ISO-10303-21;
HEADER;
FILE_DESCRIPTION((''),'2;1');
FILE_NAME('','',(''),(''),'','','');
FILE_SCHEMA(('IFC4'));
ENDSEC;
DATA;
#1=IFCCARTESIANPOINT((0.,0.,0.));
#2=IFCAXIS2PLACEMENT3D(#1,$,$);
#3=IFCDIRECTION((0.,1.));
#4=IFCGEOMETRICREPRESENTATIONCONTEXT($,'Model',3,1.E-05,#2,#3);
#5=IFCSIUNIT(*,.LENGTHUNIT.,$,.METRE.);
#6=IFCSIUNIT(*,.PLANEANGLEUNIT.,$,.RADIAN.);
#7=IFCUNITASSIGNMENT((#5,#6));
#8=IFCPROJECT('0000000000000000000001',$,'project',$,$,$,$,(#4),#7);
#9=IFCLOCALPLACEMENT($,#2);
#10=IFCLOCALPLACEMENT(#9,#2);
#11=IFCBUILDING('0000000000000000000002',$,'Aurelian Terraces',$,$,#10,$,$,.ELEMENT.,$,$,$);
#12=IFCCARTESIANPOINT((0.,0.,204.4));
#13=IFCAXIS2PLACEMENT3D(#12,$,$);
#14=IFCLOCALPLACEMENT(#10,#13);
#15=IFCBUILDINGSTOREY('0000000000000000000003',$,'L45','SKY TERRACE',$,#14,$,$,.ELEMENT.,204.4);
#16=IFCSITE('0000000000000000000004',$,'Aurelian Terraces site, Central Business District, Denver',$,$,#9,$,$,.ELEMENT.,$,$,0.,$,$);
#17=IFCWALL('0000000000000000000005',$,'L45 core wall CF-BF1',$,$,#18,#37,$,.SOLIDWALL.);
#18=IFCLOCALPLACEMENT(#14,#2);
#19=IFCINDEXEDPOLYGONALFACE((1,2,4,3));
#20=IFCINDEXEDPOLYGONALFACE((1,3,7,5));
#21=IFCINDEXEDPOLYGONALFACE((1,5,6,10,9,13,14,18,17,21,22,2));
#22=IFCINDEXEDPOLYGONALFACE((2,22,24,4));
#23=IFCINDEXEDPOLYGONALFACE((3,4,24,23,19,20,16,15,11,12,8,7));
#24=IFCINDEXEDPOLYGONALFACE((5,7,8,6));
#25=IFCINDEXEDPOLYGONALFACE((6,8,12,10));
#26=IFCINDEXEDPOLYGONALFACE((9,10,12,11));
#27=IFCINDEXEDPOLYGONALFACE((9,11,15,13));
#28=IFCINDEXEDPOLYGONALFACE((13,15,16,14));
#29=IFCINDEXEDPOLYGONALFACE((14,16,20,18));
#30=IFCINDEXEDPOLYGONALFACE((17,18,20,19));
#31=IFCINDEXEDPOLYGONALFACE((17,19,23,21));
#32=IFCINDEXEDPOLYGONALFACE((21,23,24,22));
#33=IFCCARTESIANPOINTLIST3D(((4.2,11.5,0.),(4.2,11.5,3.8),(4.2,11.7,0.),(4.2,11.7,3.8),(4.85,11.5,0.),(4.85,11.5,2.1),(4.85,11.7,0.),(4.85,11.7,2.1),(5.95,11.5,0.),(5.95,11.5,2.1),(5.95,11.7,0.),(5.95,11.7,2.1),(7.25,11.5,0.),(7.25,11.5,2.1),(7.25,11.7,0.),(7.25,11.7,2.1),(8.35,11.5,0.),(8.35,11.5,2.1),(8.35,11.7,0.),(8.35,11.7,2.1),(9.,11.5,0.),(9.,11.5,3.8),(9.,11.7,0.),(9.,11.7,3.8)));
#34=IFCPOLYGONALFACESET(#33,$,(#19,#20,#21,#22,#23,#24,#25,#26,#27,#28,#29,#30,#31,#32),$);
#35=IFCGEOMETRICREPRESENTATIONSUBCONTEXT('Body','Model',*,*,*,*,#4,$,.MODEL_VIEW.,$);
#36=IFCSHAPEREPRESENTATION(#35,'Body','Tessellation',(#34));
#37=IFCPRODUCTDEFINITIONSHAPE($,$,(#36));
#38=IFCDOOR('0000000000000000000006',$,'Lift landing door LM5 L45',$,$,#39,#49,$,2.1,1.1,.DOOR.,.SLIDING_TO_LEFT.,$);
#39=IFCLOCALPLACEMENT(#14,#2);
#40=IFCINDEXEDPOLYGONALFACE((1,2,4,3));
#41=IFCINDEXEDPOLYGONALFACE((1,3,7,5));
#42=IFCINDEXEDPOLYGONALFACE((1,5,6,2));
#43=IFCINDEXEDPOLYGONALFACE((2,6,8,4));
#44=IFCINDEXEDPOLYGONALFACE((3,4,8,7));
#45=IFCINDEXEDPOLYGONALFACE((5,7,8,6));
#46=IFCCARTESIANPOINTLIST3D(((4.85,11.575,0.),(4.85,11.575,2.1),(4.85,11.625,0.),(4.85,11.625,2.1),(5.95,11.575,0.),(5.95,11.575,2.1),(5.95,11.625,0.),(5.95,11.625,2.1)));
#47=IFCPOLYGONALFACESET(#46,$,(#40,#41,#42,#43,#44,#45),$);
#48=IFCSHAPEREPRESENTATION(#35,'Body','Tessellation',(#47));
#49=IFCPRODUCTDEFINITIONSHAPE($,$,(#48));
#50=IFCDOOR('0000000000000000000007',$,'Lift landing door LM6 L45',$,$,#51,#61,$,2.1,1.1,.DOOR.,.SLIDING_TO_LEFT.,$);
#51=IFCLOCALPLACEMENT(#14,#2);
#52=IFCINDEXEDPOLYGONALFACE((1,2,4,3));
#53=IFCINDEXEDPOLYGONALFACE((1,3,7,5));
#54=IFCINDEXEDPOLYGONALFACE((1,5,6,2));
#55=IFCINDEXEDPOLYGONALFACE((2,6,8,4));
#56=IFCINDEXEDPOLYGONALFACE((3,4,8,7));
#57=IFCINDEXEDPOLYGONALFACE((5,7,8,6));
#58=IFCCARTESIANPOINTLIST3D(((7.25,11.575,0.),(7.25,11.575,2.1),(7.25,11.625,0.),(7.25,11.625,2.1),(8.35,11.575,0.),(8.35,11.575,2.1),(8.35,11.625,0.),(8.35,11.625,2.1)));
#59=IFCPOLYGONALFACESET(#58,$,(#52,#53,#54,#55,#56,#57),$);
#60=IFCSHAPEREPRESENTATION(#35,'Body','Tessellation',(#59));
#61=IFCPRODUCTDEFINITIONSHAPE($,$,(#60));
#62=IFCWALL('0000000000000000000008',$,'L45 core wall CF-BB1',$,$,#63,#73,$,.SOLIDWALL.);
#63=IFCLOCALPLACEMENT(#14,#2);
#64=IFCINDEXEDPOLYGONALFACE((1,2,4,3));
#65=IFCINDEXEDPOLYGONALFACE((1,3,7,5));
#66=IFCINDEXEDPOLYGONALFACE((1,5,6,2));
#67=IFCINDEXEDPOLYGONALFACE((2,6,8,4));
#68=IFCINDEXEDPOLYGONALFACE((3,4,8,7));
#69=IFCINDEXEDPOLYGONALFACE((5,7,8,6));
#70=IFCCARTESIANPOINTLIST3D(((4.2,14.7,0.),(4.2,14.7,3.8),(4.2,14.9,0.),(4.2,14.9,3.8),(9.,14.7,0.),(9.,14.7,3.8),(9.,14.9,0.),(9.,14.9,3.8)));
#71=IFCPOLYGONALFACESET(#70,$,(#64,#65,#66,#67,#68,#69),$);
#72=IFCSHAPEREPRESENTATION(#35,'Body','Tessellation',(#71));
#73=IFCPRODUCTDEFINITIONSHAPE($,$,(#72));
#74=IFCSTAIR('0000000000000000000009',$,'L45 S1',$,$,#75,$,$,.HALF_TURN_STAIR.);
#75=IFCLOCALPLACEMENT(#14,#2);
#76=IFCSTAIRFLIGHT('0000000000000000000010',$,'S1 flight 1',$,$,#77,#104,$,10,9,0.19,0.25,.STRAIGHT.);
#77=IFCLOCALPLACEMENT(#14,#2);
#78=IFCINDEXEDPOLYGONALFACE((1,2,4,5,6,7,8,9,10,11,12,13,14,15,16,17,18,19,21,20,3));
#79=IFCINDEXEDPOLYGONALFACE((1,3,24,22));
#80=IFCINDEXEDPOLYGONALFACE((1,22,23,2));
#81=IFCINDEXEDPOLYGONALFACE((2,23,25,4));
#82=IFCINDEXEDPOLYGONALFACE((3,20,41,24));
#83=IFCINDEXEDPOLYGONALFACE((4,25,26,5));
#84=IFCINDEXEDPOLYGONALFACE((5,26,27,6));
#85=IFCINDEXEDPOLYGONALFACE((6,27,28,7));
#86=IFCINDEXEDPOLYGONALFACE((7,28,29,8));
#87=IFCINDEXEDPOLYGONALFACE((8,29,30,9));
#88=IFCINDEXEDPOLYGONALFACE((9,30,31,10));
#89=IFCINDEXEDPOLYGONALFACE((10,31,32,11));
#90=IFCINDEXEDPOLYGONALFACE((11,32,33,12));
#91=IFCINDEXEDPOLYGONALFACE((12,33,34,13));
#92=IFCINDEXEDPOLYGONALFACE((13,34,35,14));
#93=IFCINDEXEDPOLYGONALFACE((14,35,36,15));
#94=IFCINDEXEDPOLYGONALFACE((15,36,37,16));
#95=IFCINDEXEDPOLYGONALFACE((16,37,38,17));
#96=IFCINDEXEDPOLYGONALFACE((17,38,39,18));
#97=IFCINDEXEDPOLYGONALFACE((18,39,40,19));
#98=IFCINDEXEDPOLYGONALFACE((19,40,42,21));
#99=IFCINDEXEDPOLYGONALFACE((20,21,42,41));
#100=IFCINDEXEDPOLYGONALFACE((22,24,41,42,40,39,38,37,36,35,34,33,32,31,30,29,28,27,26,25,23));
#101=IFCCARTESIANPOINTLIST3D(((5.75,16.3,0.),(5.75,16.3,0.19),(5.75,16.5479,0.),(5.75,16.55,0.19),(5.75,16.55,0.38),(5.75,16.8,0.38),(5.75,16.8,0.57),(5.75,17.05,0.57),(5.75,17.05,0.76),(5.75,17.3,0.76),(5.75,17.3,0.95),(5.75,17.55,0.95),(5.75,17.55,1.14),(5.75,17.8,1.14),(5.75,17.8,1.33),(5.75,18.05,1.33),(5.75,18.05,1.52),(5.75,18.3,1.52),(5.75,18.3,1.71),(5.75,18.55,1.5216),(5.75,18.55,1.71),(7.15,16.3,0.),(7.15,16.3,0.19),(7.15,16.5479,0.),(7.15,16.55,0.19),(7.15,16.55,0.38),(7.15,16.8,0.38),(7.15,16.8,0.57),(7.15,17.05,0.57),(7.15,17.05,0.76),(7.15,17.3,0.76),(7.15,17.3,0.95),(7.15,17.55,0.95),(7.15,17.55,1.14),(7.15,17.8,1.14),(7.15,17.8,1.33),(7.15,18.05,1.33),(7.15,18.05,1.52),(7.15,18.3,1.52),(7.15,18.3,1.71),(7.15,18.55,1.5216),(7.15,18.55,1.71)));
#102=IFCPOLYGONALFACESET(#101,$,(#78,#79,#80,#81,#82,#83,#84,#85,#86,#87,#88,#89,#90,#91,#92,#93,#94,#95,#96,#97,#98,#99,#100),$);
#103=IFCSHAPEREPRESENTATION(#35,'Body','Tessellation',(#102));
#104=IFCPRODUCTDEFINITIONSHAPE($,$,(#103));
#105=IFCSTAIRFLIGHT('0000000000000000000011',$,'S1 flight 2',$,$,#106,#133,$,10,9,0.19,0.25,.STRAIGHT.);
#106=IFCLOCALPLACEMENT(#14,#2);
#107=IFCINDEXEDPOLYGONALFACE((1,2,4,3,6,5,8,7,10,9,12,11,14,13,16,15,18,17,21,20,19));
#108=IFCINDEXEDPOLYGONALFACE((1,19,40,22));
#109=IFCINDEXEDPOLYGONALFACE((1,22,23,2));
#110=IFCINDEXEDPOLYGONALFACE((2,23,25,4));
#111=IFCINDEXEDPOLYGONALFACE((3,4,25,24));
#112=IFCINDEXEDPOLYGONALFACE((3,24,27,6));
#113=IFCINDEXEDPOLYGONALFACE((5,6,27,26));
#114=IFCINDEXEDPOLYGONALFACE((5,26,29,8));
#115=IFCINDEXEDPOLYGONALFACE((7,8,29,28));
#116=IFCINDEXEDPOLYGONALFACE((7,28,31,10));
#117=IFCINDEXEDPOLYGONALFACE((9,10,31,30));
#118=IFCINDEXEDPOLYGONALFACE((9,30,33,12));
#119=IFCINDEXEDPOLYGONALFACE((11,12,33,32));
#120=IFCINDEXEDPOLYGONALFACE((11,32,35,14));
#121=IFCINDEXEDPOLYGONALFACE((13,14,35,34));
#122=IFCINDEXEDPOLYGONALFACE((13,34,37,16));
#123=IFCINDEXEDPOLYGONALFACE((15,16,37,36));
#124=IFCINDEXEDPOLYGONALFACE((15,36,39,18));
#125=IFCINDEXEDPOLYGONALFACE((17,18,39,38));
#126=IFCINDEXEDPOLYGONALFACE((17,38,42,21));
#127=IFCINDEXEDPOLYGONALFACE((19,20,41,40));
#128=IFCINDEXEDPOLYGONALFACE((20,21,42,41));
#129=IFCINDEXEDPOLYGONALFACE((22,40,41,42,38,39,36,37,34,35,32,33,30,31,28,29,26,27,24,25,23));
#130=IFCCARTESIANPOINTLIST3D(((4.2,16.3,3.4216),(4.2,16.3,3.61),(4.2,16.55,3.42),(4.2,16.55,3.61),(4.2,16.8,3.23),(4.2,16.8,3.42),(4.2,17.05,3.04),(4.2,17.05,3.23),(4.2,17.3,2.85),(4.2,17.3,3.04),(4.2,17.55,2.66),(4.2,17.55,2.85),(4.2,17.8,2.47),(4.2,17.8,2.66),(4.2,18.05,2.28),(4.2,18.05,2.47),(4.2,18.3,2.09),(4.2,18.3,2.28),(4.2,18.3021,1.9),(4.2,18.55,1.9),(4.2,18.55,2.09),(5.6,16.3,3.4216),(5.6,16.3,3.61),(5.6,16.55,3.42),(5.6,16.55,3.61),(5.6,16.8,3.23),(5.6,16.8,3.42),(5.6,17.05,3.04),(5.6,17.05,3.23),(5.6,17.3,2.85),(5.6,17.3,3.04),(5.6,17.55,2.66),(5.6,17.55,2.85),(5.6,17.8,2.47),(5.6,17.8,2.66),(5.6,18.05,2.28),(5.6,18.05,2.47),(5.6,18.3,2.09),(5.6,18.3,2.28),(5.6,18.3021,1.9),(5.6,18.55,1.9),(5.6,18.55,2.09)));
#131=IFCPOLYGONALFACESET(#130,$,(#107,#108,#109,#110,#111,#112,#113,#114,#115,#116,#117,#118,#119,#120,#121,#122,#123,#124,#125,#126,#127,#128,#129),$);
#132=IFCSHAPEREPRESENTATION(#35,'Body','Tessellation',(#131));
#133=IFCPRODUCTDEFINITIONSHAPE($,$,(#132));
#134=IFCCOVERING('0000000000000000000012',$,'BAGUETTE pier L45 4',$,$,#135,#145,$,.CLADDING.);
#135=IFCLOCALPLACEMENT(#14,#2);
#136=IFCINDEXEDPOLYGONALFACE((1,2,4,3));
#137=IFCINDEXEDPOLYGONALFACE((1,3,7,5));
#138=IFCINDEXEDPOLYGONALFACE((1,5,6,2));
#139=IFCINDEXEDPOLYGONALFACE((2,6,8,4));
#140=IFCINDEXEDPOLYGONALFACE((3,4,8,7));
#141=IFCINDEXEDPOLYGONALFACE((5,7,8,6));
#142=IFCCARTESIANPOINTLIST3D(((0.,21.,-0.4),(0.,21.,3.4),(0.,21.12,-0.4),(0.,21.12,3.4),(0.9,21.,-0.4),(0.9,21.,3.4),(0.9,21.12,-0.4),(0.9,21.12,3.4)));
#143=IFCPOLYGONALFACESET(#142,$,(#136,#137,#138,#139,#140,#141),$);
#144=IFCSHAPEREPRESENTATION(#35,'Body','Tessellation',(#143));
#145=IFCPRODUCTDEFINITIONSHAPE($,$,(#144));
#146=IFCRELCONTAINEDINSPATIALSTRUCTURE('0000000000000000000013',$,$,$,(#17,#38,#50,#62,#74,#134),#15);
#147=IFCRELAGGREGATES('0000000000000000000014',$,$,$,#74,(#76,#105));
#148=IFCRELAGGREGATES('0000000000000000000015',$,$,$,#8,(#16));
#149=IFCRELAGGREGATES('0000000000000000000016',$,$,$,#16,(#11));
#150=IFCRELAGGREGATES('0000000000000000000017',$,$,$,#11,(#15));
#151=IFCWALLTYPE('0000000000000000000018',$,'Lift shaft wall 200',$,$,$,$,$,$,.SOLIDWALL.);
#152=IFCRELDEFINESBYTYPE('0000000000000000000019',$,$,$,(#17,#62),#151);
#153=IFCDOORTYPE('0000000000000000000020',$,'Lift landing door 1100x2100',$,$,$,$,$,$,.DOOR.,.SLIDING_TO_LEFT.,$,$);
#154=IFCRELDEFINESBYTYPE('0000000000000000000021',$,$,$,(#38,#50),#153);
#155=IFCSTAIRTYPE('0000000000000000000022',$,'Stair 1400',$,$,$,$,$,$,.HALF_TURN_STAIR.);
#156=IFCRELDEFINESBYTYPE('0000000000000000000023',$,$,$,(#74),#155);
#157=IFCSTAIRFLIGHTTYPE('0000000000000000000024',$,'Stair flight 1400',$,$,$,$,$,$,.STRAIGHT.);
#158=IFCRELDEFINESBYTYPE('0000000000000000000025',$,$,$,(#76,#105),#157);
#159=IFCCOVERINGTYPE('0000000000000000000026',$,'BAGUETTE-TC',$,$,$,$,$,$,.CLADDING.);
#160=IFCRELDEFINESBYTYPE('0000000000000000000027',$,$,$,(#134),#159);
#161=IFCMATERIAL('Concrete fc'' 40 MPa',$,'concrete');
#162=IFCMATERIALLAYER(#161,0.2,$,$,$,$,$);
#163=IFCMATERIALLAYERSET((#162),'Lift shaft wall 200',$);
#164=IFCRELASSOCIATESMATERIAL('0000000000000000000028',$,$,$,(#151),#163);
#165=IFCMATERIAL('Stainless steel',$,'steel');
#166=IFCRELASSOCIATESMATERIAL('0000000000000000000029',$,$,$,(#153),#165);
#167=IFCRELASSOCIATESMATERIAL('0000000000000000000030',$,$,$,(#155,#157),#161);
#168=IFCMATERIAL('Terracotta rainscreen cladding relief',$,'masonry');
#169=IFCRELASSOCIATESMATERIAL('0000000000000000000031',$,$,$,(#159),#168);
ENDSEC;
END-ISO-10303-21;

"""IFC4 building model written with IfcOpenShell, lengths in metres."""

from ifc_helpers import new_model, si_unit, direction, frame, frame_2d, origin, origin_2d, place, context, subcontext, project, spatial, polyline, rectangle, outline, extrude, source, transform, mapped, material, layer, layer_set, type_object, element, fill, aggregate, save


model = new_model("IFC4")

# Units and contexts
model_context = context("Model", 3, precision=1e-05, world=origin(), true_north=direction((0.0, 1.0)))
body_context = subcontext(model_context, "Body", "Model", "MODEL_VIEW")
ifc_project = project(units=[si_unit("LENGTHUNIT", "METRE"), si_unit("PLANEANGLEUNIT", "RADIAN")], contexts=[model_context])

# Site, building, storey
site_placement = place(None, origin())
site = spatial("IfcSite", under=ifc_project, at=site_placement, Name="Aurelian Terraces site, Central Business District, Denver", CompositionType="ELEMENT", RefElevation=0.0)
building_placement = place(site_placement, origin())
building = spatial("IfcBuilding", under=site, at=building_placement, Name="Aurelian Terraces", CompositionType="ELEMENT")
storey_placement = place(building_placement, frame((0.0, 0.0, 204.4)))
storey = spatial("IfcBuildingStorey", under=building, at=storey_placement, Name="L45", Description="SKY TERRACE", CompositionType="ELEMENT", Elevation=204.4)

# Shared definitions
ifc_material_1 = material(Name="Concrete fc' 40 MPa", Category="concrete")

# Wall, openings, doors
ifc_layer_1 = layer(ifc_material_1, 0.2)
ifc_layer_set_1 = layer_set([ifc_layer_1], Name="Lift shaft wall 200")
wall_type_1 = type_object("IfcWallType", Name="Lift shaft wall 200", PredefinedType="SOLIDWALL", material=ifc_layer_set_1)
shared_shape_1 = source(origin(), body_context, "Body", "SweptSolid", [
    extrude(rectangle(XDim=4.8, YDim=0.2, at=frame_2d((2.4, 0.0))), origin(), (0.0, 0.0, 1.0), 3.8),
])
wall_1_placement = place(storey_placement, frame((4.2, 11.6, 0.0), z_axis=(0.0, 0.0, 1.0), x_axis=(1.0, 0.0, 0.0)))
wall_1 = element("IfcWall", 1, at=wall_1_placement, inside=storey, type_object=wall_type_1, Name="L45 core wall CF-BF1", PredefinedType="SOLIDWALL", context=body_context, shape_type="MappedRepresentation", body=[
    mapped(shared_shape_1, transform((0.0, 0.0, 0.0), scale=1.0)),
])
shared_shape_2 = source(origin(), body_context, "Body", "SweptSolid", [
    extrude(rectangle(XDim=1.1, YDim=2.1, at=frame_2d((0.55, 1.05))), frame((0.0, 0.11, 0.0), z_axis=(0.0, -1.0, 0.0), x_axis=(1.0, 0.0, 0.0)), (0.0, 0.0, 1.0), 0.22),
])
opening_1_placement = place(wall_1_placement, frame((0.65, 0.0, 0.0)))
opening_1 = element("IfcOpeningElement", 2, at=opening_1_placement, cuts=wall_1, PredefinedType="OPENING", context=body_context, shape_type="MappedRepresentation", body=[
    mapped(shared_shape_2, transform((0.0, 0.0, 0.0), scale=1.0)),
])
opening_2_placement = place(wall_1_placement, frame((3.05, 0.0, 0.0)))
opening_2 = element("IfcOpeningElement", 3, at=opening_2_placement, cuts=wall_1, PredefinedType="OPENING", context=body_context, shape_type="MappedRepresentation", body=[
    mapped(shared_shape_2, transform((0.0, 0.0, 0.0), scale=1.0)),
])
ifc_material_2 = material(Name="Stainless steel", Category="steel")
door_type_1 = type_object("IfcDoorType", Name="Lift landing door 1100x2100", OperationType="SLIDING_TO_LEFT", PredefinedType="DOOR", material=ifc_material_2)
shared_shape_3 = source(origin(), body_context, "Body", "SweptSolid", [
    extrude(rectangle(XDim=1.1, YDim=2.1, at=frame_2d((0.55, 1.05))), frame((0.0, 0.025, 0.0), z_axis=(0.0, -1.0, 0.0), x_axis=(1.0, 0.0, 0.0)), (0.0, 0.0, 1.0), 0.05),
])
door_1_placement = place(opening_1_placement, origin())
door_1 = element("IfcDoor", 4, at=door_1_placement, inside=storey, type_object=door_type_1, Name="Lift landing door LM5 L45", OperationType="SLIDING_TO_LEFT", OverallHeight=2.1, OverallWidth=1.1, PredefinedType="DOOR", context=body_context, shape_type="MappedRepresentation", body=[
    mapped(shared_shape_3, transform((0.0, 0.0, 0.0), scale=1.0)),
])
fill(opening_1, door_1)
door_2_placement = place(opening_2_placement, origin())
door_2 = element("IfcDoor", 5, at=door_2_placement, inside=storey, type_object=door_type_1, Name="Lift landing door LM6 L45", OperationType="SLIDING_TO_LEFT", OverallHeight=2.1, OverallWidth=1.1, PredefinedType="DOOR", context=body_context, shape_type="MappedRepresentation", body=[
    mapped(shared_shape_3, transform((0.0, 0.0, 0.0), scale=1.0)),
])
fill(opening_2, door_2)

# Wall
wall_2_placement = place(storey_placement, frame((4.2, 14.8, 0.0), z_axis=(0.0, 0.0, 1.0), x_axis=(1.0, 0.0, 0.0)))
element("IfcWall", 6, at=wall_2_placement, inside=storey, type_object=wall_type_1, Name="L45 core wall CF-BB1", PredefinedType="SOLIDWALL", context=body_context, shape_type="MappedRepresentation", body=[
    mapped(shared_shape_1, transform((0.0, 0.0, 0.0), scale=1.0)),
])

# Stair, stair flights
stair_type = type_object("IfcStairType", Name="Stair 1400", PredefinedType="HALF_TURN_STAIR", material=ifc_material_1)
stair_placement = place(storey_placement, origin())
stair = element("IfcStair", 7, at=stair_placement, inside=storey, type_object=stair_type, Name="L45 S1", PredefinedType="HALF_TURN_STAIR")
stair_flight_type = type_object("IfcStairFlightType", Name="Stair flight 1400", PredefinedType="STRAIGHT", material=ifc_material_1)
shared_shape_4 = source(origin(), body_context, "Body", "SweptSolid", [
    extrude(outline(polyline([(0.0, 0.0), (0.0, 0.19), (0.25, 0.19), (0.25, 0.38), (0.5, 0.38), (0.5, 0.57), (0.75, 0.57), (0.75, 0.76), (1.0, 0.76), (1.0, 0.95), (1.25, 0.95), (1.25, 1.14), (1.5, 1.14), (1.5, 1.33), (1.75, 1.33), (1.75, 1.52), (2.0, 1.52), (2.0, 1.71), (2.25, 1.71), (2.25, 1.9), (2.25, 1.5216), (0.2479, 0.0), (0.0, 0.0)])), frame((0.0, 0.7, 0.0), z_axis=(0.0, -1.0, 0.0), x_axis=(1.0, 0.0, 0.0)), (0.0, 0.0, 1.0), 1.4),
])
stair_flight_1_placement = place(storey_placement, frame((6.45, 16.3, 0.0), z_axis=(0.0, 0.0, 1.0), x_axis=(0.0, 1.0, 0.0)))
stair_flight_1 = element("IfcStairFlight", 8, at=stair_flight_1_placement, type_object=stair_flight_type, Name="S1 flight 1", NumberOfRisers=10, NumberOfTreads=9, PredefinedType="STRAIGHT", RiserHeight=0.19, TreadLength=0.25, context=body_context, shape_type="MappedRepresentation", body=[
    mapped(shared_shape_4, transform((0.0, 0.0, 0.0), scale=1.0)),
])
stair_flight_2_placement = place(storey_placement, frame((4.9, 18.55, 1.9), z_axis=(0.0, 0.0, 1.0), x_axis=(0.0, -1.0, 0.0)))
stair_flight_2 = element("IfcStairFlight", 9, at=stair_flight_2_placement, type_object=stair_flight_type, Name="S1 flight 2", NumberOfRisers=10, NumberOfTreads=9, PredefinedType="STRAIGHT", RiserHeight=0.19, TreadLength=0.25, context=body_context, shape_type="MappedRepresentation", body=[
    mapped(shared_shape_4, transform((0.0, 0.0, 0.0), scale=1.0)),
])
aggregate(stair, [stair_flight_1, stair_flight_2])

# Covering
ifc_material_3 = material(Name="Terracotta rainscreen cladding relief", Category="masonry")
covering_type = type_object("IfcCoveringType", Name="BAGUETTE-TC", PredefinedType="CLADDING", material=ifc_material_3)
shared_shape_5 = source(origin(), body_context, "Body", "SweptSolid", [
    extrude(rectangle(XDim=0.9, YDim=0.12, at=origin_2d()), origin(), (0.0, 0.0, 1.0), 3.8),
])
covering_placement = place(storey_placement, frame((0.45, 21.06, -0.4), z_axis=(0.0, 0.0, 1.0), x_axis=(1.0, 0.0, 0.0)))
element("IfcCovering", 10, at=covering_placement, inside=storey, type_object=covering_type, Name="BAGUETTE pier L45 4", PredefinedType="CLADDING", context=body_context, shape_type="MappedRepresentation", body=[
    mapped(shared_shape_5, transform((0.0, 0.0, 0.0), scale=1.0)),
])

save(model, "model.ifc")
